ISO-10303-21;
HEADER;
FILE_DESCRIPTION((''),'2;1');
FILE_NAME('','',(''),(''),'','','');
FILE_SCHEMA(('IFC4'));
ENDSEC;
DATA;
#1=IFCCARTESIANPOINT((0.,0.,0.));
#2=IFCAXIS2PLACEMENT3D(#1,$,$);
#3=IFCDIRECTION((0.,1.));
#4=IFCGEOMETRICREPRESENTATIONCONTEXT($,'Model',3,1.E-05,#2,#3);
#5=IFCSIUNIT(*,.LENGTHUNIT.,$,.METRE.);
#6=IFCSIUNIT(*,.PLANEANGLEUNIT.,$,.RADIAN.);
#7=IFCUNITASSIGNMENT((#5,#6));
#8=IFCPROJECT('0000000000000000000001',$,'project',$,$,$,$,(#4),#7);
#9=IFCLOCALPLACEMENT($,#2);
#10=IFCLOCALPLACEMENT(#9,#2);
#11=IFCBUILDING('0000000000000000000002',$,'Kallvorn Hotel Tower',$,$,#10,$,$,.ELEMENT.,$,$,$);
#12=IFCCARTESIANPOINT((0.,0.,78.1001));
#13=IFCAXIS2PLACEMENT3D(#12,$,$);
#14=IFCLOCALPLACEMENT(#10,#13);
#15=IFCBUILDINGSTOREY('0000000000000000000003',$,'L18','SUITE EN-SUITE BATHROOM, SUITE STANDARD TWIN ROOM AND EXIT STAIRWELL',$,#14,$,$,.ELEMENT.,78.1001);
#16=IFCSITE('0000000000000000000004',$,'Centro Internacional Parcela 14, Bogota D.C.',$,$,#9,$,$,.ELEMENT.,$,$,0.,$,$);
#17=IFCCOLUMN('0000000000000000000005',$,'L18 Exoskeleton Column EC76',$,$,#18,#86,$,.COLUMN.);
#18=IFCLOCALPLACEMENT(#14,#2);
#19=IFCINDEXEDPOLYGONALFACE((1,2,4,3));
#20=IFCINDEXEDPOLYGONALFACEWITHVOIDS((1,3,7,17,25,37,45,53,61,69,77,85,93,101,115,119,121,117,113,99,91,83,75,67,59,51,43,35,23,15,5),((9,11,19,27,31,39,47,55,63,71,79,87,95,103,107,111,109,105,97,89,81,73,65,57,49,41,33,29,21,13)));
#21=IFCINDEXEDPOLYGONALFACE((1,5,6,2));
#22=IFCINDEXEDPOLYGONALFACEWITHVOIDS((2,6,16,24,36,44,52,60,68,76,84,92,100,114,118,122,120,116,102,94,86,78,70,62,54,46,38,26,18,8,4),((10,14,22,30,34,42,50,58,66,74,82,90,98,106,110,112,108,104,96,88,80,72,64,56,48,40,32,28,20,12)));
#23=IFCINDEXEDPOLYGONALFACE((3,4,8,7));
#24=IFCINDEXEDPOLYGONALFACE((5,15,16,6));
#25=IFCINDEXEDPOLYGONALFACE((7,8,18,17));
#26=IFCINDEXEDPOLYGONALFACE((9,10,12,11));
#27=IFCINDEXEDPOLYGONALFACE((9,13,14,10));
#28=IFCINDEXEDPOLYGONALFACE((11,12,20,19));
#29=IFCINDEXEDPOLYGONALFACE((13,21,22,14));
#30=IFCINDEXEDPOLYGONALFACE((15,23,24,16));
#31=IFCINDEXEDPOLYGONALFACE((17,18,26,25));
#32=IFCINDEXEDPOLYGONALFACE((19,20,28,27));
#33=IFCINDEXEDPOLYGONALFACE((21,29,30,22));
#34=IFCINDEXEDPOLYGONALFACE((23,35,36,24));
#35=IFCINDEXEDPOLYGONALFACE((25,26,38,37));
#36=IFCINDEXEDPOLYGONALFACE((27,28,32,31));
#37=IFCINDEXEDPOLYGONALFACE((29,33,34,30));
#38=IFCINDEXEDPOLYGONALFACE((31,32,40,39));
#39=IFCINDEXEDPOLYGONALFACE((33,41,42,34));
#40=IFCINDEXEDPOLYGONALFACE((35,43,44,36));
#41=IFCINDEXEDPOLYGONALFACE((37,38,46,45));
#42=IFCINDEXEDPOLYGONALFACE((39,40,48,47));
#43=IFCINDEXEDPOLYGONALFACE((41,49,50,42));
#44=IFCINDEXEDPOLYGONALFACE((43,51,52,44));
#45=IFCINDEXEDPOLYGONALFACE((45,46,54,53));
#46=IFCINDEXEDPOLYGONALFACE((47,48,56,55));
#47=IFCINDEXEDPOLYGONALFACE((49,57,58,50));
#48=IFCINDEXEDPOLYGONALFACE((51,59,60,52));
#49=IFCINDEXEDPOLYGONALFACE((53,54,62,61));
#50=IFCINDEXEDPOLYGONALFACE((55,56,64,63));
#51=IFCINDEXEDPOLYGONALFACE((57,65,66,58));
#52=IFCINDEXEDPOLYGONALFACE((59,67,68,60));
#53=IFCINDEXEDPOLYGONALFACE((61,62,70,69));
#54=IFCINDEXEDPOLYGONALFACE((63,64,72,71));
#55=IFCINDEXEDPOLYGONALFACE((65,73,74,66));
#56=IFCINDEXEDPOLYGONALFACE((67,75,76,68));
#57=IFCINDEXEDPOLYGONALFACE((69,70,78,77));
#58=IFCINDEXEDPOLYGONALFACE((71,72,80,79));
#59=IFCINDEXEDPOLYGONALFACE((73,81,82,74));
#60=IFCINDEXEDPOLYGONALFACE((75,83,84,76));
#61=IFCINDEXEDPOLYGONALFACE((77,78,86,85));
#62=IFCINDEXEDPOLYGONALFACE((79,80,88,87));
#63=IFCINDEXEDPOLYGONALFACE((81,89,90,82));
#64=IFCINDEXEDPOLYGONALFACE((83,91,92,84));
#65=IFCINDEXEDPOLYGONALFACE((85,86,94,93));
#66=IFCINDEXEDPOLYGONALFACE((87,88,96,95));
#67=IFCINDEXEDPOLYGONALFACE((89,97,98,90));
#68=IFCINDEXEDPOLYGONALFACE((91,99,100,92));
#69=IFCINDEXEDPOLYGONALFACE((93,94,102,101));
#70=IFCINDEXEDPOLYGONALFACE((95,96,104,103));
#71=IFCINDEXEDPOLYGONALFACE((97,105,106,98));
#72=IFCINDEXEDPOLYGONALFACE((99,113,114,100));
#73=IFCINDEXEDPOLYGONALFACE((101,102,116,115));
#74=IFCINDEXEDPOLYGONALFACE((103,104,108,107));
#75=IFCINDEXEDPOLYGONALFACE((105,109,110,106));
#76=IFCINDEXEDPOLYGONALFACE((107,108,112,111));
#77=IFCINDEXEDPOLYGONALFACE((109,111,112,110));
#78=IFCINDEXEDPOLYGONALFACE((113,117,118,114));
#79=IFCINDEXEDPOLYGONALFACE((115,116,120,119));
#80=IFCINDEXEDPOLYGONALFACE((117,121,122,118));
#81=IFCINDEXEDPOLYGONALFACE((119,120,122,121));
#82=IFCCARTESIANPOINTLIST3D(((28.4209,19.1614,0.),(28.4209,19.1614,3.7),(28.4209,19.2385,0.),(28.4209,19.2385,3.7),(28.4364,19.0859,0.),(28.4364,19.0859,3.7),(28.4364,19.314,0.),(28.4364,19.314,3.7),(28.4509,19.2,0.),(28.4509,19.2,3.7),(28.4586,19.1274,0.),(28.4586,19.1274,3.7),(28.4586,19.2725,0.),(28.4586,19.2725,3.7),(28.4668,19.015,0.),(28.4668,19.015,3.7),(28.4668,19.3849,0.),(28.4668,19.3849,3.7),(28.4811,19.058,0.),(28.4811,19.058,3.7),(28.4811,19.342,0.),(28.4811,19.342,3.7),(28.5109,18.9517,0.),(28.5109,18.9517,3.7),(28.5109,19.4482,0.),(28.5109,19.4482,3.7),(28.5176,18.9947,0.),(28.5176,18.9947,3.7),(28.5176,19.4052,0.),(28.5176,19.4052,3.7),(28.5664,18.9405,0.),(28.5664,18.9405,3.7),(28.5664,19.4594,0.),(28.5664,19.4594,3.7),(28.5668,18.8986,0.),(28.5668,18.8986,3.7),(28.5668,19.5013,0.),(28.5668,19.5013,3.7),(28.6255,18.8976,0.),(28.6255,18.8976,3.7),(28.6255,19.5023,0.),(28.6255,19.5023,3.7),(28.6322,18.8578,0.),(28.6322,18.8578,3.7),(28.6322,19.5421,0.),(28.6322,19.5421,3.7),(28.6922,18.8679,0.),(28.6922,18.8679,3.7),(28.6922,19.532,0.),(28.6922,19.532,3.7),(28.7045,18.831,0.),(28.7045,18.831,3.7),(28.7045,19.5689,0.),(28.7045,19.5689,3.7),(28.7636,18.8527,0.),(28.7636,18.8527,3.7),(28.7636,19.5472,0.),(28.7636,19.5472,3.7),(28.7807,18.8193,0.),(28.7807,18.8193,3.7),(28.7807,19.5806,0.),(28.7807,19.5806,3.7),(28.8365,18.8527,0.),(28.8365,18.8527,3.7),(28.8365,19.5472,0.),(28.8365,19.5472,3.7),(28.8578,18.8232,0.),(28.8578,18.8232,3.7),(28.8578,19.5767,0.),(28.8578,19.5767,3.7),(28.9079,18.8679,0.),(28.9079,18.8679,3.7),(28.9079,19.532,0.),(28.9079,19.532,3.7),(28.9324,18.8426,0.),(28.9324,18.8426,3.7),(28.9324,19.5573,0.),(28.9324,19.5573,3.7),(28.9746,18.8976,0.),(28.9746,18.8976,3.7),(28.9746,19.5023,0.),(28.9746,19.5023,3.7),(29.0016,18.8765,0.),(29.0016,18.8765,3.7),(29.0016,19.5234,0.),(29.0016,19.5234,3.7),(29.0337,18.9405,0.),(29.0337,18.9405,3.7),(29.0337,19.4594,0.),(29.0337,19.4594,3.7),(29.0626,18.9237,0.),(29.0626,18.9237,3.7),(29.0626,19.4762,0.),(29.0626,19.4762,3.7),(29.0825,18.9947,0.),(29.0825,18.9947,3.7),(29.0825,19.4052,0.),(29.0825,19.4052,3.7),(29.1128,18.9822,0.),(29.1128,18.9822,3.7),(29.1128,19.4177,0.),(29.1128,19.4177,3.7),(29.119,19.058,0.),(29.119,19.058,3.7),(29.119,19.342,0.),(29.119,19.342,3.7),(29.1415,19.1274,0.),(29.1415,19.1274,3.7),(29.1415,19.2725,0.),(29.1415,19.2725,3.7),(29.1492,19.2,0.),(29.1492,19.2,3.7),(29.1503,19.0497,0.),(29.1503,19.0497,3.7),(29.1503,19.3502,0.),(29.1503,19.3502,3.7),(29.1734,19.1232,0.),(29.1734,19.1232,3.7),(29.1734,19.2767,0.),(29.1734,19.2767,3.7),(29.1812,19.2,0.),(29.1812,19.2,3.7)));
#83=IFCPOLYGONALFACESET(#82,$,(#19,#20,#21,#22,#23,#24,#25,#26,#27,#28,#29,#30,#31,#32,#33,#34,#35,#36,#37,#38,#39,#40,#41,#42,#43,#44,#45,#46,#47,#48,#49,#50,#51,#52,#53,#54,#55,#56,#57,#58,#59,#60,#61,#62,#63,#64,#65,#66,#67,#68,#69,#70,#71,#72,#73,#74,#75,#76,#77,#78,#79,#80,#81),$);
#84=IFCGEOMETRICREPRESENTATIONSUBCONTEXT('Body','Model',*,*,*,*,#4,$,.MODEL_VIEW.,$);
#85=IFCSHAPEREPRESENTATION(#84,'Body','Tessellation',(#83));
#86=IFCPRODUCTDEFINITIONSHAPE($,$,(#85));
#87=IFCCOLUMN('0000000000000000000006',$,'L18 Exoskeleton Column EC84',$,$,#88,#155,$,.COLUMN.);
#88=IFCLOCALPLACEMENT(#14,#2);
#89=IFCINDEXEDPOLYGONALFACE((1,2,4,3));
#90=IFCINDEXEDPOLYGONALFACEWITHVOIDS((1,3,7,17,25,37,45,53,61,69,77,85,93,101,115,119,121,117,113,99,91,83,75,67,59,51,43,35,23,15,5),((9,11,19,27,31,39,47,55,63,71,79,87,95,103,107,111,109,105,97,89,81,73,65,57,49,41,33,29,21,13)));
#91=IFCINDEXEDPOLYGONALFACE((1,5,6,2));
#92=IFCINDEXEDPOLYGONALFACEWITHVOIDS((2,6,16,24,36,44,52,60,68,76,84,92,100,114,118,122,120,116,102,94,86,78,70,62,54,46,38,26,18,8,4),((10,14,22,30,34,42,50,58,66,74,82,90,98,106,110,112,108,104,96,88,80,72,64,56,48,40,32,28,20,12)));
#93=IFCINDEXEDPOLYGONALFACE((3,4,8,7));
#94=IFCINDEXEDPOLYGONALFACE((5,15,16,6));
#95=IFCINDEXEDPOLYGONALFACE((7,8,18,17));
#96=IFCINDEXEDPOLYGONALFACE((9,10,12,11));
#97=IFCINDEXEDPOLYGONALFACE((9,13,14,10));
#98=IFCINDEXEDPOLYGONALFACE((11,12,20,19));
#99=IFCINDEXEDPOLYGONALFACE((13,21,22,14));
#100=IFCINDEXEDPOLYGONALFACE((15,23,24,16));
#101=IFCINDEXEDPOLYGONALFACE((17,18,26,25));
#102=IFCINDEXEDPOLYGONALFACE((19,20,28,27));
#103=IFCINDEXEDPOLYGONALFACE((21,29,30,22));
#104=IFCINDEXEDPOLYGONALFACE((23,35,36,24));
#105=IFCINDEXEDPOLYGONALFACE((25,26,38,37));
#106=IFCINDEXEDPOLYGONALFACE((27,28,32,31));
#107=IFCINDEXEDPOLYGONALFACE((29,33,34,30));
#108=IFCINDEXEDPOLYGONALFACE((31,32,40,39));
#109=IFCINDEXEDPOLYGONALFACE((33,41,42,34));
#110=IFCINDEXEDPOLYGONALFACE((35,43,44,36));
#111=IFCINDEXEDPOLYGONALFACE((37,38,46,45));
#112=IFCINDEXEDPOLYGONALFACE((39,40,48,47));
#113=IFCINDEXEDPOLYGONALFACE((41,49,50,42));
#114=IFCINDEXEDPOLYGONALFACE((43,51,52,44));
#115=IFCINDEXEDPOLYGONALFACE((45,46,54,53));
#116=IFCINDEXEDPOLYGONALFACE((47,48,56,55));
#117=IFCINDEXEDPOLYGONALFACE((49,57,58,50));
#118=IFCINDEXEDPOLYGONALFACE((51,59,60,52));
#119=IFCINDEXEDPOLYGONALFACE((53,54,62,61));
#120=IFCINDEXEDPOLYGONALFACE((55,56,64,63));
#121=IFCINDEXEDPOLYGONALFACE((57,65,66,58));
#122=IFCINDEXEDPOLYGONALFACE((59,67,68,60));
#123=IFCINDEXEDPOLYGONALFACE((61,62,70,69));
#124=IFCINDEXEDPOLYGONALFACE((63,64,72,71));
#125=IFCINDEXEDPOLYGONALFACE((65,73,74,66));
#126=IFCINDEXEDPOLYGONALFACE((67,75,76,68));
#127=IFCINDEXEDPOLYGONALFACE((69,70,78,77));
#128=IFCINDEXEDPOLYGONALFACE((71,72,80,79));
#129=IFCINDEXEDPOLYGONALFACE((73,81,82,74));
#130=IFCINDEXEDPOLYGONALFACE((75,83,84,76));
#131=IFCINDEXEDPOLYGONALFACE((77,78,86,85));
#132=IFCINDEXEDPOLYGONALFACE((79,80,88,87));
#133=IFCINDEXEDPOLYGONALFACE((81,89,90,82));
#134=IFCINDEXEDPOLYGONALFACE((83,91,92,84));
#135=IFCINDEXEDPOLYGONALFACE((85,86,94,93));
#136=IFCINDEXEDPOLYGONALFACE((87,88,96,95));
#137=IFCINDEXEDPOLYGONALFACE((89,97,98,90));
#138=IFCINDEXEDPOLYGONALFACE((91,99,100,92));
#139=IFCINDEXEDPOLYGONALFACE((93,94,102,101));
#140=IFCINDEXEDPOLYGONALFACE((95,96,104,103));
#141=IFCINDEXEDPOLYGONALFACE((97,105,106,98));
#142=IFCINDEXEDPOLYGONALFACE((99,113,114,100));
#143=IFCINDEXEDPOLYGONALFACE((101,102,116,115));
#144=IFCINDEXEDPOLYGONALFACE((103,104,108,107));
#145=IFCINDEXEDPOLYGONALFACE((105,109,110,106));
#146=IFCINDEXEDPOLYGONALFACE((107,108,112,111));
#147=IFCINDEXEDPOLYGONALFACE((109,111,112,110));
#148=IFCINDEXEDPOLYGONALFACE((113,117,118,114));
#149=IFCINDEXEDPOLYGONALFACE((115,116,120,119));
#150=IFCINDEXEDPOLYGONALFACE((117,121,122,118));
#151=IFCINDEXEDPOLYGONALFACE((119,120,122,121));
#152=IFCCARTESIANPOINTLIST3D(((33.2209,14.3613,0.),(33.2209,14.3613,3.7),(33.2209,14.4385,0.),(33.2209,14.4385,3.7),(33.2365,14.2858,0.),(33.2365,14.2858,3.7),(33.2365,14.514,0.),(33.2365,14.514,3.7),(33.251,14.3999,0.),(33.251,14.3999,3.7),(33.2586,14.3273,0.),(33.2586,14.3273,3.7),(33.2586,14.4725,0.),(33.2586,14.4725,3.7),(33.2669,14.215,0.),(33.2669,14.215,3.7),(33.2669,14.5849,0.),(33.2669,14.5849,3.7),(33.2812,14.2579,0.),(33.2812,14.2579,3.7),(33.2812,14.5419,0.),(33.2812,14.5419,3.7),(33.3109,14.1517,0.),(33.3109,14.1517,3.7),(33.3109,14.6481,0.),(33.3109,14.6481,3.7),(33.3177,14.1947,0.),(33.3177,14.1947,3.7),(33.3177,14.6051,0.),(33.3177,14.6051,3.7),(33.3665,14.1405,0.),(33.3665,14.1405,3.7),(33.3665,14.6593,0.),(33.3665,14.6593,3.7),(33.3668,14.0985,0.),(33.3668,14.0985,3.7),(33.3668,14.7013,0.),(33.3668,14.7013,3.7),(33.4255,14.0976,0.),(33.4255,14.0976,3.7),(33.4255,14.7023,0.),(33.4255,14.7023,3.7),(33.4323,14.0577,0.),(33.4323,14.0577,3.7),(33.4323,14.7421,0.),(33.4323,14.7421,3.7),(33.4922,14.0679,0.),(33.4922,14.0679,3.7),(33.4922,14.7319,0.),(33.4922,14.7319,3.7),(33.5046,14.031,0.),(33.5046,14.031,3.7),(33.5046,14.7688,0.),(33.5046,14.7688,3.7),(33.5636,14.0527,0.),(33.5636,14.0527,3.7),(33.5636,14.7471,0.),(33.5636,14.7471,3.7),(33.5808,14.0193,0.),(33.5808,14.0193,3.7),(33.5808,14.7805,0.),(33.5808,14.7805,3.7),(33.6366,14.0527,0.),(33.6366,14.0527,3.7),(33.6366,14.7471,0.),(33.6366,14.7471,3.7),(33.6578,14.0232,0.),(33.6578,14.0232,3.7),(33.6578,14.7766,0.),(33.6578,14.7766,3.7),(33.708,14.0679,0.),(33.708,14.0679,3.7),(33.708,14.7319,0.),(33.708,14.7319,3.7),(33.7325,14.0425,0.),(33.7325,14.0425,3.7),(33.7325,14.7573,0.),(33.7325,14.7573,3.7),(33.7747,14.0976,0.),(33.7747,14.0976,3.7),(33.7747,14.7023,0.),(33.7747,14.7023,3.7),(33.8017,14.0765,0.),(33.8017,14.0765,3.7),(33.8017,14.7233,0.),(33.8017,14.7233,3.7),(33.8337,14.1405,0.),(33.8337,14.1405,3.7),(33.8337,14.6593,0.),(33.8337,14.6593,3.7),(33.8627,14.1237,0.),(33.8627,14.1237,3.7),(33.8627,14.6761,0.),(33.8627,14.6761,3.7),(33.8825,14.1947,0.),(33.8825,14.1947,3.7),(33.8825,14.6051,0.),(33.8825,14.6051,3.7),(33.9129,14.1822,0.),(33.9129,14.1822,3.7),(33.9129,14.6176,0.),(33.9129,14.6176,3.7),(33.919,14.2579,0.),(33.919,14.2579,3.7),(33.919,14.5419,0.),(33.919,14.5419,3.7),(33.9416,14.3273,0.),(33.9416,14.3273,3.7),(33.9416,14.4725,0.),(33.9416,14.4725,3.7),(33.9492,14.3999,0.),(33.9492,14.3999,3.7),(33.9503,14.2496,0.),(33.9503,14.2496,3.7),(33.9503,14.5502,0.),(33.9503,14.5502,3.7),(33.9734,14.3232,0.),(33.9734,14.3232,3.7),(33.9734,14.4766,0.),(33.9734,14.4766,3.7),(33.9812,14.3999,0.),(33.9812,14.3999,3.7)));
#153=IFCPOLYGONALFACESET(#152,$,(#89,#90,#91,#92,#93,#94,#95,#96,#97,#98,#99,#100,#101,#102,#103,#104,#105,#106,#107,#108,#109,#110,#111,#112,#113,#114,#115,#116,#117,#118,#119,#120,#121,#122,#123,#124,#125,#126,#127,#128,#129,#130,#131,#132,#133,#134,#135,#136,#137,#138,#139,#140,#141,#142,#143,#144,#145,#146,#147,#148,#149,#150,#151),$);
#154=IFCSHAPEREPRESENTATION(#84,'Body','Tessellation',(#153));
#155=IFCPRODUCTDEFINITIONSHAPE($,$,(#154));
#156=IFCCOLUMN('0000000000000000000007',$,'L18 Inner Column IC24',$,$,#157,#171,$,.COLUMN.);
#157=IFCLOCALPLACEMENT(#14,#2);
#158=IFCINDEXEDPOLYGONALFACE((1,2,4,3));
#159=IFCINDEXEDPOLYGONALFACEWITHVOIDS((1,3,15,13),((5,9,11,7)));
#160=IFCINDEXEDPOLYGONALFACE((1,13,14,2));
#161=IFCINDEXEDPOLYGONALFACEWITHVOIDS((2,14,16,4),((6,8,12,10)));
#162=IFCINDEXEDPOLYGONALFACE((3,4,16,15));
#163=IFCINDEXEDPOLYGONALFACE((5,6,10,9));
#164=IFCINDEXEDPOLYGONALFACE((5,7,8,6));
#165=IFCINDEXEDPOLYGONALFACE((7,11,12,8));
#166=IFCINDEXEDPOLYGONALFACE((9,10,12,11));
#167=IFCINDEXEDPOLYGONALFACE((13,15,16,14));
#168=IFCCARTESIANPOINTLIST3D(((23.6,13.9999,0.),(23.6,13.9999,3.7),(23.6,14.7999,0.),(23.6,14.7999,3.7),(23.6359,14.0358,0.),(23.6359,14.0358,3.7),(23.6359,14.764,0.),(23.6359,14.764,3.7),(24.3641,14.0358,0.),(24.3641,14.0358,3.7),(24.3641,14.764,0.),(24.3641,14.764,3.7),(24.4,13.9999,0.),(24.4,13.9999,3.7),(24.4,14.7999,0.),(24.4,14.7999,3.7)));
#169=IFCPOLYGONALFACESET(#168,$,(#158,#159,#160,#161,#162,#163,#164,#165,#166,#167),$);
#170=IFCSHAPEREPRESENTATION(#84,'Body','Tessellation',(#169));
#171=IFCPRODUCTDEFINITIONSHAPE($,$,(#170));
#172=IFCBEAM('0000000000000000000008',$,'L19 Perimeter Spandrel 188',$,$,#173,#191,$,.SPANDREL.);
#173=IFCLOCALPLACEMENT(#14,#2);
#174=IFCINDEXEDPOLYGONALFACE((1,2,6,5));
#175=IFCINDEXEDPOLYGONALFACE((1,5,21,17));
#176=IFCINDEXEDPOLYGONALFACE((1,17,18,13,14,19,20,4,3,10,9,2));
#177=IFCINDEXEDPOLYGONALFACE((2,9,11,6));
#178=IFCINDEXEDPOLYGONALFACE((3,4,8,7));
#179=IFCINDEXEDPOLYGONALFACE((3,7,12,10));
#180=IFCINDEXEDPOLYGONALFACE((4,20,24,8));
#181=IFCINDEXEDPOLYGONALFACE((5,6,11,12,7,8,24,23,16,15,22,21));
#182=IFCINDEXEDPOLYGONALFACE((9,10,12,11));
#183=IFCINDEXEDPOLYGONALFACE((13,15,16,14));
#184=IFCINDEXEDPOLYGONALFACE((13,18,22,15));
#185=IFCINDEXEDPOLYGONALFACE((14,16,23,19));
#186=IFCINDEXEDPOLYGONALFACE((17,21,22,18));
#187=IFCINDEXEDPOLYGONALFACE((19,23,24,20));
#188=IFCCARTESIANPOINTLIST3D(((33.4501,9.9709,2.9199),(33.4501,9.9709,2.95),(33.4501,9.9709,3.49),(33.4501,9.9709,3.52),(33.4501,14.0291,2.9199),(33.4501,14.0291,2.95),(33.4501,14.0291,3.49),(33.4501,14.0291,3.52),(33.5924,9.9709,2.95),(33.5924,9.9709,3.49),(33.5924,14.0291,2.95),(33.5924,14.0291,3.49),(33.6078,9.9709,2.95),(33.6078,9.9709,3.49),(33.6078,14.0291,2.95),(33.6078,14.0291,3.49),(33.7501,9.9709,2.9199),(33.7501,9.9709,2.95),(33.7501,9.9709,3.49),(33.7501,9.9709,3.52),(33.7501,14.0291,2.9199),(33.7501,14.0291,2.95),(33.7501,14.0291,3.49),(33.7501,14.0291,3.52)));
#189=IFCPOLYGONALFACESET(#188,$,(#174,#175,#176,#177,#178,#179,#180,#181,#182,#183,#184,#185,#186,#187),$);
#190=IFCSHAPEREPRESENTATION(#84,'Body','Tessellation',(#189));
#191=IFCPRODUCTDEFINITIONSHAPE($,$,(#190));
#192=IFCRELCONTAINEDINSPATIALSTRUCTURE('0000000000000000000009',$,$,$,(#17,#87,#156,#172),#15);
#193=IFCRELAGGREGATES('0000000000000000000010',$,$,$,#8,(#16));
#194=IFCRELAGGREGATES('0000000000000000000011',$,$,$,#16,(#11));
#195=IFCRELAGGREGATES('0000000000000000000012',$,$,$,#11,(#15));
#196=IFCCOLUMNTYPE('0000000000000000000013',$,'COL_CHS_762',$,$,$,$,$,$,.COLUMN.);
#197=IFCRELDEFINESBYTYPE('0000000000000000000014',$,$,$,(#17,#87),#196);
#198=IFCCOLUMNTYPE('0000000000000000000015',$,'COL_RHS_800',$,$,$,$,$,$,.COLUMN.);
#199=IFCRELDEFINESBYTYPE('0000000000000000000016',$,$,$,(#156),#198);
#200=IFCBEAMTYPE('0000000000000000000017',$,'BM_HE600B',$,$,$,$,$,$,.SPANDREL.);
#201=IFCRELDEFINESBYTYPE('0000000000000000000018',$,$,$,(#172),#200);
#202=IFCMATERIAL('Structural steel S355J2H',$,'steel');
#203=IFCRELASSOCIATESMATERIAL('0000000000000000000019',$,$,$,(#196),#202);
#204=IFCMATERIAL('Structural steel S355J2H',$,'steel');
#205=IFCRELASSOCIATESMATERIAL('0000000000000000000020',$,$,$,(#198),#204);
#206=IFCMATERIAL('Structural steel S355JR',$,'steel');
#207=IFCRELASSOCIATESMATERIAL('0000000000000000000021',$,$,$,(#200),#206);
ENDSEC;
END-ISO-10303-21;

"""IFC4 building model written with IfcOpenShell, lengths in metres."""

from ifc_helpers import new_model, si_unit, direction, frame, origin, origin_2d, place, context, subcontext, project, spatial, hollow_rectangle, hollow_circle, i_section, extrude, material, material_profile, profile_set, type_object, element, save


model = new_model("IFC4")

# Units and contexts
model_context = context("Model", 3, precision=1e-05, world=origin(), true_north=direction((0.0, 1.0)))
body_context = subcontext(model_context, "Body", "Model", "MODEL_VIEW")
ifc_project = project(units=[si_unit("LENGTHUNIT", "METRE"), si_unit("PLANEANGLEUNIT", "RADIAN")], contexts=[model_context])

# Site, building, storey
site_placement = place(None, origin())
site = spatial("IfcSite", under=ifc_project, at=site_placement, Name="Centro Internacional Parcela 14, Bogota D.C.", CompositionType="ELEMENT", RefElevation=0.0)
building_placement = place(site_placement, origin())
building = spatial("IfcBuilding", under=site, at=building_placement, Name="Kallvorn Hotel Tower", CompositionType="ELEMENT")
storey_placement = place(building_placement, frame((0.0, 0.0, 78.1001)))
storey = spatial("IfcBuildingStorey", under=building, at=storey_placement, Name="L18", Description="SUITE EN-SUITE BATHROOM, SUITE STANDARD TWIN ROOM AND EXIT STAIRWELL", CompositionType="ELEMENT", Elevation=78.1001)

# Columns
ifc_material_1 = material(Name="Structural steel S355J2H", Category="steel")
ifc_material_profile_1 = material_profile(ifc_material_1, hollow_circle(Radius=0.3811, WallThickness=0.032, at=origin_2d()), Name="CHS 762x32")
ifc_profile_set_1 = profile_set([ifc_material_profile_1], Name="Structural steel S355J2H")
column_type_1 = type_object("IfcColumnType", Name="COL_CHS_762", PredefinedType="COLUMN", material=ifc_profile_set_1)
for number, where, z_axis, x_axis, name in (
    (1, (28.8, 19.2, 0.0), (0.0, 0.0, 1.0), (1.0, 0.0, 0.0), "L18 Exoskeleton Column EC76"),
    (2, (33.6001, 14.3999, 0.0), (0.0, 0.0, 1.0), (1.0, 0.0, 0.0), "L18 Exoskeleton Column EC84"),
):
    element("IfcColumn", number, at=place(storey_placement, frame(where, z_axis=z_axis, x_axis=x_axis)), inside=storey, type_object=column_type_1, Name=name, PredefinedType="COLUMN", context=body_context, shape_type="SweptSolid", body=[
        extrude(hollow_circle(Radius=0.3811, WallThickness=0.032, at=origin_2d()), origin(), (0.0, 0.0, 1.0), 3.7),
    ])
ifc_material_2 = material(Name="Structural steel S355J2H", Category="steel")
ifc_material_profile_2 = material_profile(ifc_material_2, hollow_rectangle(XDim=0.8, YDim=0.8, WallThickness=0.0359, at=origin_2d()), Name="RHS 800x800x36")
ifc_profile_set_2 = profile_set([ifc_material_profile_2], Name="Structural steel S355J2H")
column_type_2 = type_object("IfcColumnType", Name="COL_RHS_800", PredefinedType="COLUMN", material=ifc_profile_set_2)
column_placement = place(storey_placement, frame((24.0, 14.3999, 0.0), z_axis=(0.0, 0.0, 1.0), x_axis=(1.0, 0.0, 0.0)))
element("IfcColumn", 3, at=column_placement, inside=storey, type_object=column_type_2, Name="L18 Inner Column IC24", PredefinedType="COLUMN", context=body_context, shape_type="SweptSolid", body=[
    extrude(hollow_rectangle(XDim=0.8, YDim=0.8, WallThickness=0.0359, at=origin_2d()), origin(), (0.0, 0.0, 1.0), 3.7),
])

# Beam
ifc_material_3 = material(Name="Structural steel S355JR", Category="steel")
ifc_material_profile_3 = material_profile(ifc_material_3, i_section(OverallWidth=0.3, OverallDepth=0.6001, WebThickness=0.0154, FlangeThickness=0.03, at=origin_2d()), Name="HE 600 B")
ifc_profile_set_3 = profile_set([ifc_material_profile_3], Name="Structural steel S355JR")
beam_type_1 = type_object("IfcBeamType", Name="BM_HE600B", PredefinedType="SPANDREL", material=ifc_profile_set_3)
beam_1_placement = place(storey_placement, frame((33.6001, 9.9709, 3.22), z_axis=(0.0, 1.0, 0.0), x_axis=(-1.0, 0.0, 0.0)))
element("IfcBeam", 4, at=beam_1_placement, inside=storey, type_object=beam_type_1, Name="L19 Perimeter Spandrel 188", PredefinedType="SPANDREL", context=body_context, shape_type="SweptSolid", body=[
    extrude(i_section(OverallWidth=0.3, OverallDepth=0.6001, WebThickness=0.0154, FlangeThickness=0.03, at=origin_2d()), origin(), (0.0, 0.0, 1.0), 4.0581),
])

save(model, "model.ifc")
